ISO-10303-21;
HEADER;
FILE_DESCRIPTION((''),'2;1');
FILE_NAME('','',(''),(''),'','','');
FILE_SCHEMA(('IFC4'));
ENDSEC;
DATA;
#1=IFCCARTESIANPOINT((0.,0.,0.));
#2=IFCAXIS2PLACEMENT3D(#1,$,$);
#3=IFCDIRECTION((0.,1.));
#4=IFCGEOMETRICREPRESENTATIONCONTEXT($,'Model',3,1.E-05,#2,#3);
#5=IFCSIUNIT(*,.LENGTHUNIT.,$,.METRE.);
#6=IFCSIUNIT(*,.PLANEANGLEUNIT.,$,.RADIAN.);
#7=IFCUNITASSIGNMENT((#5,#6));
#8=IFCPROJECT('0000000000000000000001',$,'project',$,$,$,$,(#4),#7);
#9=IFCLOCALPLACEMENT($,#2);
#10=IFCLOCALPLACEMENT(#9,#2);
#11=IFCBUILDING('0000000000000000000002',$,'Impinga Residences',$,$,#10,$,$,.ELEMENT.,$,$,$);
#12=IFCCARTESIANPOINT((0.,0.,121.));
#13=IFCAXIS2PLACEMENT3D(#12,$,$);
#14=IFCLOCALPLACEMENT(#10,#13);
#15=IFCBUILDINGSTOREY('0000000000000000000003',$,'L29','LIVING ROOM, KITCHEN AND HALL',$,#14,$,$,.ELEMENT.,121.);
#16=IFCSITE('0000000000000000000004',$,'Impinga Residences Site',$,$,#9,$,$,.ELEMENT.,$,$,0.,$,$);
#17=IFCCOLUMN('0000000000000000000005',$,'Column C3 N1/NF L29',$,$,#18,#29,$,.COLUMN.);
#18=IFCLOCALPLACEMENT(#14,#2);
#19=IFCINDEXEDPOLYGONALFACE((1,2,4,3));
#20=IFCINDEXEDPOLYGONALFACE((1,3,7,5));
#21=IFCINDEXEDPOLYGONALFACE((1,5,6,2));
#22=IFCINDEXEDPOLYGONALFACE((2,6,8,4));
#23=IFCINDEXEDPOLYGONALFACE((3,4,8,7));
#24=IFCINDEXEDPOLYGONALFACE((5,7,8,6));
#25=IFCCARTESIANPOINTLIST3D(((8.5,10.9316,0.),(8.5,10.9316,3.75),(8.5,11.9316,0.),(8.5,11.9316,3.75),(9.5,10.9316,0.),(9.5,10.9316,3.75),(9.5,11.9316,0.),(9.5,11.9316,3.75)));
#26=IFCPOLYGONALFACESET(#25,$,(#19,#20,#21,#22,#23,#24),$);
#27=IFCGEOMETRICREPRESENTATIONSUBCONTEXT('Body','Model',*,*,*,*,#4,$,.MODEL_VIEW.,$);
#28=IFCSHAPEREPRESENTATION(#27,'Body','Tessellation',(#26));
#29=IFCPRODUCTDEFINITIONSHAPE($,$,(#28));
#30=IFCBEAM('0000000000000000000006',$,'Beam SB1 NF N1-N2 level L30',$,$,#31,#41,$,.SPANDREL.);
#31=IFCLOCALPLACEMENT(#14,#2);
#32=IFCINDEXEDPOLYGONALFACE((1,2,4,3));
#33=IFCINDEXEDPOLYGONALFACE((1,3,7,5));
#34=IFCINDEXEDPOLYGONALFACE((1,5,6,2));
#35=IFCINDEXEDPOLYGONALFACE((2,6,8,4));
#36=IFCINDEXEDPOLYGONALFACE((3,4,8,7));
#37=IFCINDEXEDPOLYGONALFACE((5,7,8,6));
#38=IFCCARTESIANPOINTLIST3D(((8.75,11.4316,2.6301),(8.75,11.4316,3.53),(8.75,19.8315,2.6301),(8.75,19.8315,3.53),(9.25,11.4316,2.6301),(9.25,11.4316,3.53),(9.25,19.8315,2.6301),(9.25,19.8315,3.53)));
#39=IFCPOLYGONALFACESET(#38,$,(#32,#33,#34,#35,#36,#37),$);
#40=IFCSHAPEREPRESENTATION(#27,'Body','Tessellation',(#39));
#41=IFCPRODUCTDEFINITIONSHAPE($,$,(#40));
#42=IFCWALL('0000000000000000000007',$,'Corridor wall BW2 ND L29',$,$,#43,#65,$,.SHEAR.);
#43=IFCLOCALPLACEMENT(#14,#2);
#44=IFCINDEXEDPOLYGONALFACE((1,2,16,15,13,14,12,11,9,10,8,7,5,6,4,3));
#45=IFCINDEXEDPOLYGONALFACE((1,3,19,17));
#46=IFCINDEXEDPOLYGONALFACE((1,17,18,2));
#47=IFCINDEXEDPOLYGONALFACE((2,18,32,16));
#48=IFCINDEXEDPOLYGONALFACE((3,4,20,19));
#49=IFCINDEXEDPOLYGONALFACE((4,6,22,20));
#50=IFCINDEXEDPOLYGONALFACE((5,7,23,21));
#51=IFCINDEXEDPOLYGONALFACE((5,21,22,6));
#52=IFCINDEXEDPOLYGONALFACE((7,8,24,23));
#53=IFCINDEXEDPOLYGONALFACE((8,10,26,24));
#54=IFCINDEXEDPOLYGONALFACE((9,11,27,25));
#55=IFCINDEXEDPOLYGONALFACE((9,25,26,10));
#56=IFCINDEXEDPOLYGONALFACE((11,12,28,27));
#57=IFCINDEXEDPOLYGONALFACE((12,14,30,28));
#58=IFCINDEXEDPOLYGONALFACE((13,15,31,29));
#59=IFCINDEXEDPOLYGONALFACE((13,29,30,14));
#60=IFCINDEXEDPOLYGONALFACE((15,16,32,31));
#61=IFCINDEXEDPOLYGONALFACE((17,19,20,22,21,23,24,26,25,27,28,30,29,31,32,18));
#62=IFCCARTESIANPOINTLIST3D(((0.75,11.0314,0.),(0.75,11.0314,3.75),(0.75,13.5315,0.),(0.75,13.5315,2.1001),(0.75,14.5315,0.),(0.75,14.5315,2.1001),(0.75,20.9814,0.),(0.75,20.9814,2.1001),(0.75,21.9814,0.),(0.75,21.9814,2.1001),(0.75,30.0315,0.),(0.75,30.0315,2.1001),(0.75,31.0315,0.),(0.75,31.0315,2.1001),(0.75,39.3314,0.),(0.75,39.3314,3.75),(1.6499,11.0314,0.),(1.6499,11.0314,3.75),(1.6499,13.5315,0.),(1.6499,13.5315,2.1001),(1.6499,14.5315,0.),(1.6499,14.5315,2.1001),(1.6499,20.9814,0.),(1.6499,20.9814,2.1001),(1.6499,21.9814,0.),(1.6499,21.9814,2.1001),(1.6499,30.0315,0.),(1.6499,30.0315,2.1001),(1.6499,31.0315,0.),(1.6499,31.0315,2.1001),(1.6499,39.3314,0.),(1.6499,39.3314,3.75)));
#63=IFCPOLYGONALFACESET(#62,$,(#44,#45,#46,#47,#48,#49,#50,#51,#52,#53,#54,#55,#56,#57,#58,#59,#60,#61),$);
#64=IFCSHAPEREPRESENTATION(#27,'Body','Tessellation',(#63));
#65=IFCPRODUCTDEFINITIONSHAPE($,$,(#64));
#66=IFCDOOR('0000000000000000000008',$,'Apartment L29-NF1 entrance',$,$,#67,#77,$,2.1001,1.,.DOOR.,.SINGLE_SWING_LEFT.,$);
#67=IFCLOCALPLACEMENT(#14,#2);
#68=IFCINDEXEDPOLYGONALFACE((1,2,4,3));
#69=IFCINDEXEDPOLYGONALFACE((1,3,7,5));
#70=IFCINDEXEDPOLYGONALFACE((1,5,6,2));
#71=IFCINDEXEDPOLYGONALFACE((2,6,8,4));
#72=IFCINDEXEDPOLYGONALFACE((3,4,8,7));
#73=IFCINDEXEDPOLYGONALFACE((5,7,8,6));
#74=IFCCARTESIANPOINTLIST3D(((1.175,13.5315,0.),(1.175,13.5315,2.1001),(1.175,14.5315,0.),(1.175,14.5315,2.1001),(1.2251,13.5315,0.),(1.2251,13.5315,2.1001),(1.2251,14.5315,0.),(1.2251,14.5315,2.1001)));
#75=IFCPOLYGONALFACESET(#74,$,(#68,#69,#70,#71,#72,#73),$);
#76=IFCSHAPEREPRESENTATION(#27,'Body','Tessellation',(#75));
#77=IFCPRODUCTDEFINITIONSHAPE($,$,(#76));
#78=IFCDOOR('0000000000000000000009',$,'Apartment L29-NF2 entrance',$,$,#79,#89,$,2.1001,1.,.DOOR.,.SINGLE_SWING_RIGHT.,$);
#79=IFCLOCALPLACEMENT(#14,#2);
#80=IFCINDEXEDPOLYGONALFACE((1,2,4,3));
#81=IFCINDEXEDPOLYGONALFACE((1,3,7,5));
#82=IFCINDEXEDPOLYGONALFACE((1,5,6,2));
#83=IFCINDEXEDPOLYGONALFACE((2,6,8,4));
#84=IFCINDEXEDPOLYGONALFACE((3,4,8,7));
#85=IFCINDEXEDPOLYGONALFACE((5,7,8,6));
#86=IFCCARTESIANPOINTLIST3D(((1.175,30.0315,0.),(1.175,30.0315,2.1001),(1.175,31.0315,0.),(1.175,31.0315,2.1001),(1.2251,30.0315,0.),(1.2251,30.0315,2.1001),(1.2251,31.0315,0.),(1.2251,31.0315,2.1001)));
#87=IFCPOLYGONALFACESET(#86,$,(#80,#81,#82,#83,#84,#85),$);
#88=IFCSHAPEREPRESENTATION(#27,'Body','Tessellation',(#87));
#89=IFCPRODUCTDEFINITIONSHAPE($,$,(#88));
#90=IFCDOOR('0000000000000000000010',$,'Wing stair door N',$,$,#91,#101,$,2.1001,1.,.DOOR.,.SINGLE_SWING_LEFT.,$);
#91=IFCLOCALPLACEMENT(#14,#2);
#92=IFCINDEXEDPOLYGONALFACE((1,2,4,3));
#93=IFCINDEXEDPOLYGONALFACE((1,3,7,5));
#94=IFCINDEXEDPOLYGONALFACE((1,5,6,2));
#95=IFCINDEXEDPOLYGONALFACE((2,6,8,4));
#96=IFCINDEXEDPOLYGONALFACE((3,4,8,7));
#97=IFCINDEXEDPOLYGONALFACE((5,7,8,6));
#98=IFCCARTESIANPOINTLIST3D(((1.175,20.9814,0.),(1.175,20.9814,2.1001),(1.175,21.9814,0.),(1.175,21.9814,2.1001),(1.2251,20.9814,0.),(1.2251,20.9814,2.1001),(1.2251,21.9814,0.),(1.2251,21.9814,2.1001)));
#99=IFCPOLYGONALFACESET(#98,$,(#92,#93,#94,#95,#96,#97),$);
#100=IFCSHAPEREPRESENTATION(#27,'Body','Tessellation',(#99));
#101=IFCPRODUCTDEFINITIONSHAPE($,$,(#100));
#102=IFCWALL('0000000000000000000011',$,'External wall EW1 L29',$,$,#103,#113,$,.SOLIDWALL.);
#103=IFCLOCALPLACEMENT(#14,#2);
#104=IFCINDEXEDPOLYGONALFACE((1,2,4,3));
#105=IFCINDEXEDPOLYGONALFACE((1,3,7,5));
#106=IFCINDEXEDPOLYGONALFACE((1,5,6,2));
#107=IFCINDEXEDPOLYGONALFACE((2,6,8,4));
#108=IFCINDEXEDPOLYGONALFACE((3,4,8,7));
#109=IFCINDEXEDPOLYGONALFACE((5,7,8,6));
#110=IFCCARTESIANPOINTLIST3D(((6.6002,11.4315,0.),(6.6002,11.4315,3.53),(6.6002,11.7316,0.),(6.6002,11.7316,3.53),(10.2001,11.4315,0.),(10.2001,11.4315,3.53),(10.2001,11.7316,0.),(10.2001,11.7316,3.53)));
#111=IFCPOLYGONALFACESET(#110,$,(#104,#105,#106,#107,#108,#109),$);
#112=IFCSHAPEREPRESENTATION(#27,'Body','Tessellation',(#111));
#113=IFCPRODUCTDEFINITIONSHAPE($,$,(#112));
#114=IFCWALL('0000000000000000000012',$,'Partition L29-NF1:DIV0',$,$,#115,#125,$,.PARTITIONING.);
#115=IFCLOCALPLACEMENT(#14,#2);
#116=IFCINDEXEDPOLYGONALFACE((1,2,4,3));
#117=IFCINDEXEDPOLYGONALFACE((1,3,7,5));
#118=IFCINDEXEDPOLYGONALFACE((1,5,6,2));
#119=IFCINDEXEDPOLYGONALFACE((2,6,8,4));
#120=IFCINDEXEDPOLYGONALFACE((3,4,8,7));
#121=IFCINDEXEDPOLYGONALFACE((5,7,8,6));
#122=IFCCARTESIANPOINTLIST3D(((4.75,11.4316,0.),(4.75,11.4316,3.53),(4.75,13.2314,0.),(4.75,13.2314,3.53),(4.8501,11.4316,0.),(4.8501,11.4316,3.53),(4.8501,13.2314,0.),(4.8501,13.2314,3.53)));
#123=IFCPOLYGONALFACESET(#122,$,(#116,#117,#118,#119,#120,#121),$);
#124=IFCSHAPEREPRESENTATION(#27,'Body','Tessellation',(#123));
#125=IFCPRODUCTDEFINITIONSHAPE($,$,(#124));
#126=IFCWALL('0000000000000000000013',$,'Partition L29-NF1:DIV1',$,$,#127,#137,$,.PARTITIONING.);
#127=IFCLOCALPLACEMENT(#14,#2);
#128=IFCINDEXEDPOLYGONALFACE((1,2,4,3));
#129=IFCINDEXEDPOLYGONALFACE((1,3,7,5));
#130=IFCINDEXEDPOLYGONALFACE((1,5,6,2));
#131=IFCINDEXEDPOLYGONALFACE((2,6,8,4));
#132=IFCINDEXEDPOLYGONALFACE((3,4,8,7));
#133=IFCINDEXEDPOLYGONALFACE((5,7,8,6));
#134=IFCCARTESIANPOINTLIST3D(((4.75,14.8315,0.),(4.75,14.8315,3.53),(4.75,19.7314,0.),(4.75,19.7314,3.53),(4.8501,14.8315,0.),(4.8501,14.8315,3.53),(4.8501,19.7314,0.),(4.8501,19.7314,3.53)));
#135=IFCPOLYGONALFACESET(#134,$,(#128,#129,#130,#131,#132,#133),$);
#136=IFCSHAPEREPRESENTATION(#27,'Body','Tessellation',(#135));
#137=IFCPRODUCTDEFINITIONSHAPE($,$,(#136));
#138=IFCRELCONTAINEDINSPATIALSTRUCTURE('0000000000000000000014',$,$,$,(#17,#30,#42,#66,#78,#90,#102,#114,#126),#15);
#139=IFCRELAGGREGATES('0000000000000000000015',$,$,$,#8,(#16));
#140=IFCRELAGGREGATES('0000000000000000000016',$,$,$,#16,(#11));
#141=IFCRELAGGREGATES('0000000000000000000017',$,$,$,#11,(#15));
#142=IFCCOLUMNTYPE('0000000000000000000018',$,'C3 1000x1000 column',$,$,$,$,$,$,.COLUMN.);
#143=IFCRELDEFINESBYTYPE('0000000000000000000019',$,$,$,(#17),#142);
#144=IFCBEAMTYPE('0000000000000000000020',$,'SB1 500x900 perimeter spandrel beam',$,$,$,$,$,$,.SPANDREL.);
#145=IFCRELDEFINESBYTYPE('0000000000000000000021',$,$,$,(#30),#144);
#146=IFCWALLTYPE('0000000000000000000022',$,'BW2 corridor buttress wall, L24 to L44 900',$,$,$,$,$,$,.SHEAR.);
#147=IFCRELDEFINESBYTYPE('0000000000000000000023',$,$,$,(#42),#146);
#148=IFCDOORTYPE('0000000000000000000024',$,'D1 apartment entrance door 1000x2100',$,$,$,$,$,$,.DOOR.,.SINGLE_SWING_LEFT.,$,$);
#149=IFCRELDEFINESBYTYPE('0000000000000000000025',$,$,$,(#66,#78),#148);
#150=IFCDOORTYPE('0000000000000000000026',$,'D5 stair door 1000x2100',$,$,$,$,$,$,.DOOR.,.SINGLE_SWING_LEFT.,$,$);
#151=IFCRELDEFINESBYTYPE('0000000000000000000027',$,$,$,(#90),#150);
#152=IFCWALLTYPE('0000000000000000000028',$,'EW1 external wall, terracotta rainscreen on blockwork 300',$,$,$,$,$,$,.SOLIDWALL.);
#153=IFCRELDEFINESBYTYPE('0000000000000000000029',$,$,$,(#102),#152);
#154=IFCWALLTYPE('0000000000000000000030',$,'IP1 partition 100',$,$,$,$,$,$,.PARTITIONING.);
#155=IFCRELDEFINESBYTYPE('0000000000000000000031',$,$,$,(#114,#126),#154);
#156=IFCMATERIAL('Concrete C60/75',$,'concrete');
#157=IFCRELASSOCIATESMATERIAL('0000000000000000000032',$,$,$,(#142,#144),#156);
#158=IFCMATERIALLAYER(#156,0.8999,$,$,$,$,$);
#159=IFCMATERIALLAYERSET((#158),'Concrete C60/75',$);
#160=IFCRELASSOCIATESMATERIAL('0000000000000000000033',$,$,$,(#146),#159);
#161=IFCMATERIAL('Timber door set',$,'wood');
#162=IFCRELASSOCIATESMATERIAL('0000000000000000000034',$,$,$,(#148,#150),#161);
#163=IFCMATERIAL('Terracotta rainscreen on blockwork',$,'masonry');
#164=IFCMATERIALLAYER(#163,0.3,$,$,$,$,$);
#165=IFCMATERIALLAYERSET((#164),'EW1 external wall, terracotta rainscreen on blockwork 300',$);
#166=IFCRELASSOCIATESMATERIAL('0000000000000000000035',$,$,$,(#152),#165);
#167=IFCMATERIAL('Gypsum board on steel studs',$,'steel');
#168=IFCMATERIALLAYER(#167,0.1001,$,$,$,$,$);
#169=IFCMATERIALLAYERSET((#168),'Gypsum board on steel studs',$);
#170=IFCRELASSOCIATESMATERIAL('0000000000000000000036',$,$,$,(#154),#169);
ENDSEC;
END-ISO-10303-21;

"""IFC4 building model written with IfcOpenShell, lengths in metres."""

from ifc_helpers import new_model, si_unit, direction, frame, frame_2d, origin, origin_2d, place, context, subcontext, project, spatial, rectangle, extrude, material, layer, layer_set, material_profile, profile_set, type_object, element, fill, save


model = new_model("IFC4")

# Units and contexts
model_context = context("Model", 3, precision=1e-05, world=origin(), true_north=direction((0.0, 1.0)))
body_context = subcontext(model_context, "Body", "Model", "MODEL_VIEW")
ifc_project = project(units=[si_unit("LENGTHUNIT", "METRE"), si_unit("PLANEANGLEUNIT", "RADIAN")], contexts=[model_context])

# Site, building, storey
site_placement = place(None, origin())
site = spatial("IfcSite", under=ifc_project, at=site_placement, Name="Impinga Residences Site", CompositionType="ELEMENT", RefElevation=0.0)
building_placement = place(site_placement, origin())
building = spatial("IfcBuilding", under=site, at=building_placement, Name="Impinga Residences", CompositionType="ELEMENT")
storey_placement = place(building_placement, frame((0.0, 0.0, 121.0)))
storey = spatial("IfcBuildingStorey", under=building, at=storey_placement, Name="L29", Description="LIVING ROOM, KITCHEN AND HALL", CompositionType="ELEMENT", Elevation=121.0)

# Column
ifc_material_1 = material(Name="Concrete C60/75", Category="concrete")
ifc_material_profile_1 = material_profile(ifc_material_1, rectangle(XDim=1.0, YDim=1.0, at=origin_2d()), Name="RC 1000x1000")
ifc_profile_set_1 = profile_set([ifc_material_profile_1], Name="Concrete C60/75")
column_type = type_object("IfcColumnType", Name="C3 1000x1000 column", PredefinedType="COLUMN", material=ifc_profile_set_1)
column_placement = place(storey_placement, frame((9.0, 11.4316, 0.0), z_axis=(0.0, 0.0, 1.0), x_axis=(1.0, 0.0, 0.0)))
element("IfcColumn", 1, at=column_placement, inside=storey, type_object=column_type, Name="Column C3 N1/NF L29", PredefinedType="COLUMN", context=body_context, shape_type="SweptSolid", body=[
    extrude(rectangle(XDim=1.0, YDim=1.0, at=origin_2d()), origin(), (0.0, 0.0, 1.0), 3.75),
])

# Beam
ifc_material_profile_2 = material_profile(ifc_material_1, rectangle(XDim=0.5, YDim=0.8999, at=origin_2d()), Name="RC 500x900")
ifc_profile_set_2 = profile_set([ifc_material_profile_2], Name="Concrete C60/75")
beam_type = type_object("IfcBeamType", Name="SB1 500x900 perimeter spandrel beam", PredefinedType="SPANDREL", material=ifc_profile_set_2)
beam_placement = place(storey_placement, frame((9.0, 11.4316, 3.0801), z_axis=(0.0, 1.0, 0.0), x_axis=(-1.0, 0.0, 0.0)))
element("IfcBeam", 2, at=beam_placement, inside=storey, type_object=beam_type, Name="Beam SB1 NF N1-N2 level L30", PredefinedType="SPANDREL", context=body_context, shape_type="SweptSolid", body=[
    extrude(rectangle(XDim=0.5, YDim=0.8999, at=origin_2d()), origin(), (0.0, 0.0, 1.0), 8.3999),
])

# Wall, openings, doors
ifc_layer_1 = layer(ifc_material_1, 0.8999)
ifc_layer_set_1 = layer_set([ifc_layer_1], Name="Concrete C60/75")
wall_type_1 = type_object("IfcWallType", Name="BW2 corridor buttress wall, L24 to L44 900", PredefinedType="SHEAR", material=ifc_layer_set_1)
wall_1_placement = place(storey_placement, frame((1.2, 11.0315, 0.0), z_axis=(0.0, 0.0, 1.0), x_axis=(0.0, 1.0, 0.0)))
wall_1 = element("IfcWall", 3, at=wall_1_placement, inside=storey, type_object=wall_type_1, Name="Corridor wall BW2 ND L29", PredefinedType="SHEAR", context=body_context, shape_type="SweptSolid", body=[
    extrude(rectangle(XDim=28.3, YDim=0.8999, at=frame_2d((14.1499, 0.0))), origin(), (0.0, 0.0, 1.0), 3.75),
])
opening_1_placement = place(wall_1_placement, frame((9.95, 0.0, 0.0)))
opening_1 = element("IfcOpeningElement", 4, at=opening_1_placement, cuts=wall_1, PredefinedType="OPENING", context=body_context, shape_type="SweptSolid", body=[
    extrude(rectangle(XDim=1.0, YDim=2.1001, at=frame_2d((0.5, 1.05))), frame((0.0, 0.46, 0.0), z_axis=(0.0, -1.0, 0.0), x_axis=(1.0, 0.0, 0.0)), (0.0, 0.0, 1.0), 0.9199),
])
opening_2_placement = place(wall_1_placement, frame((2.5, 0.0, 0.0)))
opening_2 = element("IfcOpeningElement", 5, at=opening_2_placement, cuts=wall_1, PredefinedType="OPENING", context=body_context, shape_type="SweptSolid", body=[
    extrude(rectangle(XDim=1.0, YDim=2.1001, at=frame_2d((0.5, 1.05))), frame((0.0, 0.46, 0.0), z_axis=(0.0, -1.0, 0.0), x_axis=(1.0, 0.0, 0.0)), (0.0, 0.0, 1.0), 0.9199),
])
opening_3_placement = place(wall_1_placement, frame((19.0, 0.0, 0.0)))
opening_3 = element("IfcOpeningElement", 6, at=opening_3_placement, cuts=wall_1, PredefinedType="OPENING", context=body_context, shape_type="SweptSolid", body=[
    extrude(rectangle(XDim=1.0, YDim=2.1001, at=frame_2d((0.5, 1.05))), frame((0.0, 0.46, 0.0), z_axis=(0.0, -1.0, 0.0), x_axis=(1.0, 0.0, 0.0)), (0.0, 0.0, 1.0), 0.9199),
])
ifc_material_2 = material(Name="Timber door set", Category="wood")
door_type_1 = type_object("IfcDoorType", Name="D1 apartment entrance door 1000x2100", OperationType="SINGLE_SWING_LEFT", PredefinedType="DOOR", material=ifc_material_2)
door_1_placement = place(opening_2_placement, origin())
door_1 = element("IfcDoor", 7, at=door_1_placement, inside=storey, type_object=door_type_1, Name="Apartment L29-NF1 entrance", OperationType="SINGLE_SWING_LEFT", OverallHeight=2.1001, OverallWidth=1.0, PredefinedType="DOOR", context=body_context, shape_type="SweptSolid", body=[
    extrude(rectangle(XDim=1.0, YDim=2.1001, at=frame_2d((0.5, 1.05))), frame((0.0, 0.0249, 0.0), z_axis=(0.0, -1.0, 0.0), x_axis=(1.0, 0.0, 0.0)), (0.0, 0.0, 1.0), 0.05),
])
fill(opening_2, door_1)
door_2_placement = place(opening_3_placement, origin())
door_2 = element("IfcDoor", 8, at=door_2_placement, inside=storey, type_object=door_type_1, Name="Apartment L29-NF2 entrance", OperationType="SINGLE_SWING_RIGHT", OverallHeight=2.1001, OverallWidth=1.0, PredefinedType="DOOR", context=body_context, shape_type="SweptSolid", body=[
    extrude(rectangle(XDim=1.0, YDim=2.1001, at=frame_2d((0.5, 1.05))), frame((0.0, 0.0249, 0.0), z_axis=(0.0, -1.0, 0.0), x_axis=(1.0, 0.0, 0.0)), (0.0, 0.0, 1.0), 0.05),
])
fill(opening_3, door_2)
door_type_2 = type_object("IfcDoorType", Name="D5 stair door 1000x2100", OperationType="SINGLE_SWING_LEFT", PredefinedType="DOOR", material=ifc_material_2)
door_3_placement = place(opening_1_placement, origin())
door_3 = element("IfcDoor", 9, at=door_3_placement, inside=storey, type_object=door_type_2, Name="Wing stair door N", OperationType="SINGLE_SWING_LEFT", OverallHeight=2.1001, OverallWidth=1.0, PredefinedType="DOOR", context=body_context, shape_type="SweptSolid", body=[
    extrude(rectangle(XDim=1.0, YDim=2.1001, at=frame_2d((0.5, 1.05))), frame((0.0, 0.0249, 0.0), z_axis=(0.0, -1.0, 0.0), x_axis=(1.0, 0.0, 0.0)), (0.0, 0.0, 1.0), 0.05),
])
fill(opening_1, door_3)

# Walls
ifc_material_3 = material(Name="Terracotta rainscreen on blockwork", Category="masonry")
ifc_layer_2 = layer(ifc_material_3, 0.3)
ifc_layer_set_2 = layer_set([ifc_layer_2], Name="EW1 external wall, terracotta rainscreen on blockwork 300")
wall_type_2 = type_object("IfcWallType", Name="EW1 external wall, terracotta rainscreen on blockwork 300", PredefinedType="SOLIDWALL", material=ifc_layer_set_2)
wall_2_placement = place(storey_placement, frame((10.2, 11.5815, 0.0), z_axis=(0.0, 0.0, 1.0), x_axis=(-1.0, 0.0, 0.0)))
element("IfcWall", 10, at=wall_2_placement, inside=storey, type_object=wall_type_2, Name="External wall EW1 L29", PredefinedType="SOLIDWALL", context=body_context, shape_type="SweptSolid", body=[
    extrude(rectangle(XDim=3.5999, YDim=0.3, at=frame_2d((1.7998, 0.0))), origin(), (0.0, 0.0, 1.0), 3.53),
])
ifc_material_4 = material(Name="Gypsum board on steel studs", Category="steel")
ifc_layer_3 = layer(ifc_material_4, 0.1001)
ifc_layer_set_3 = layer_set([ifc_layer_3], Name="Gypsum board on steel studs")
wall_type_3 = type_object("IfcWallType", Name="IP1 partition 100", PredefinedType="PARTITIONING", material=ifc_layer_set_3)
wall_3_placement = place(storey_placement, frame((4.8, 11.4316, 0.0), z_axis=(0.0, 0.0, 1.0), x_axis=(0.0, 1.0, 0.0)))
element("IfcWall", 11, at=wall_3_placement, inside=storey, type_object=wall_type_3, Name="Partition L29-NF1:DIV0", PredefinedType="PARTITIONING", context=body_context, shape_type="SweptSolid", body=[
    extrude(rectangle(XDim=1.7998, YDim=0.1001, at=frame_2d((0.8999, 0.0))), origin(), (0.0, 0.0, 1.0), 3.53),
])
wall_4_placement = place(storey_placement, frame((4.8, 14.8315, 0.0), z_axis=(0.0, 0.0, 1.0), x_axis=(0.0, 1.0, 0.0)))
element("IfcWall", 12, at=wall_4_placement, inside=storey, type_object=wall_type_3, Name="Partition L29-NF1:DIV1", PredefinedType="PARTITIONING", context=body_context, shape_type="SweptSolid", body=[
    extrude(rectangle(XDim=4.8999, YDim=0.1001, at=frame_2d((2.45, 0.0))), origin(), (0.0, 0.0, 1.0), 3.53),
])

save(model, "model.ifc")
